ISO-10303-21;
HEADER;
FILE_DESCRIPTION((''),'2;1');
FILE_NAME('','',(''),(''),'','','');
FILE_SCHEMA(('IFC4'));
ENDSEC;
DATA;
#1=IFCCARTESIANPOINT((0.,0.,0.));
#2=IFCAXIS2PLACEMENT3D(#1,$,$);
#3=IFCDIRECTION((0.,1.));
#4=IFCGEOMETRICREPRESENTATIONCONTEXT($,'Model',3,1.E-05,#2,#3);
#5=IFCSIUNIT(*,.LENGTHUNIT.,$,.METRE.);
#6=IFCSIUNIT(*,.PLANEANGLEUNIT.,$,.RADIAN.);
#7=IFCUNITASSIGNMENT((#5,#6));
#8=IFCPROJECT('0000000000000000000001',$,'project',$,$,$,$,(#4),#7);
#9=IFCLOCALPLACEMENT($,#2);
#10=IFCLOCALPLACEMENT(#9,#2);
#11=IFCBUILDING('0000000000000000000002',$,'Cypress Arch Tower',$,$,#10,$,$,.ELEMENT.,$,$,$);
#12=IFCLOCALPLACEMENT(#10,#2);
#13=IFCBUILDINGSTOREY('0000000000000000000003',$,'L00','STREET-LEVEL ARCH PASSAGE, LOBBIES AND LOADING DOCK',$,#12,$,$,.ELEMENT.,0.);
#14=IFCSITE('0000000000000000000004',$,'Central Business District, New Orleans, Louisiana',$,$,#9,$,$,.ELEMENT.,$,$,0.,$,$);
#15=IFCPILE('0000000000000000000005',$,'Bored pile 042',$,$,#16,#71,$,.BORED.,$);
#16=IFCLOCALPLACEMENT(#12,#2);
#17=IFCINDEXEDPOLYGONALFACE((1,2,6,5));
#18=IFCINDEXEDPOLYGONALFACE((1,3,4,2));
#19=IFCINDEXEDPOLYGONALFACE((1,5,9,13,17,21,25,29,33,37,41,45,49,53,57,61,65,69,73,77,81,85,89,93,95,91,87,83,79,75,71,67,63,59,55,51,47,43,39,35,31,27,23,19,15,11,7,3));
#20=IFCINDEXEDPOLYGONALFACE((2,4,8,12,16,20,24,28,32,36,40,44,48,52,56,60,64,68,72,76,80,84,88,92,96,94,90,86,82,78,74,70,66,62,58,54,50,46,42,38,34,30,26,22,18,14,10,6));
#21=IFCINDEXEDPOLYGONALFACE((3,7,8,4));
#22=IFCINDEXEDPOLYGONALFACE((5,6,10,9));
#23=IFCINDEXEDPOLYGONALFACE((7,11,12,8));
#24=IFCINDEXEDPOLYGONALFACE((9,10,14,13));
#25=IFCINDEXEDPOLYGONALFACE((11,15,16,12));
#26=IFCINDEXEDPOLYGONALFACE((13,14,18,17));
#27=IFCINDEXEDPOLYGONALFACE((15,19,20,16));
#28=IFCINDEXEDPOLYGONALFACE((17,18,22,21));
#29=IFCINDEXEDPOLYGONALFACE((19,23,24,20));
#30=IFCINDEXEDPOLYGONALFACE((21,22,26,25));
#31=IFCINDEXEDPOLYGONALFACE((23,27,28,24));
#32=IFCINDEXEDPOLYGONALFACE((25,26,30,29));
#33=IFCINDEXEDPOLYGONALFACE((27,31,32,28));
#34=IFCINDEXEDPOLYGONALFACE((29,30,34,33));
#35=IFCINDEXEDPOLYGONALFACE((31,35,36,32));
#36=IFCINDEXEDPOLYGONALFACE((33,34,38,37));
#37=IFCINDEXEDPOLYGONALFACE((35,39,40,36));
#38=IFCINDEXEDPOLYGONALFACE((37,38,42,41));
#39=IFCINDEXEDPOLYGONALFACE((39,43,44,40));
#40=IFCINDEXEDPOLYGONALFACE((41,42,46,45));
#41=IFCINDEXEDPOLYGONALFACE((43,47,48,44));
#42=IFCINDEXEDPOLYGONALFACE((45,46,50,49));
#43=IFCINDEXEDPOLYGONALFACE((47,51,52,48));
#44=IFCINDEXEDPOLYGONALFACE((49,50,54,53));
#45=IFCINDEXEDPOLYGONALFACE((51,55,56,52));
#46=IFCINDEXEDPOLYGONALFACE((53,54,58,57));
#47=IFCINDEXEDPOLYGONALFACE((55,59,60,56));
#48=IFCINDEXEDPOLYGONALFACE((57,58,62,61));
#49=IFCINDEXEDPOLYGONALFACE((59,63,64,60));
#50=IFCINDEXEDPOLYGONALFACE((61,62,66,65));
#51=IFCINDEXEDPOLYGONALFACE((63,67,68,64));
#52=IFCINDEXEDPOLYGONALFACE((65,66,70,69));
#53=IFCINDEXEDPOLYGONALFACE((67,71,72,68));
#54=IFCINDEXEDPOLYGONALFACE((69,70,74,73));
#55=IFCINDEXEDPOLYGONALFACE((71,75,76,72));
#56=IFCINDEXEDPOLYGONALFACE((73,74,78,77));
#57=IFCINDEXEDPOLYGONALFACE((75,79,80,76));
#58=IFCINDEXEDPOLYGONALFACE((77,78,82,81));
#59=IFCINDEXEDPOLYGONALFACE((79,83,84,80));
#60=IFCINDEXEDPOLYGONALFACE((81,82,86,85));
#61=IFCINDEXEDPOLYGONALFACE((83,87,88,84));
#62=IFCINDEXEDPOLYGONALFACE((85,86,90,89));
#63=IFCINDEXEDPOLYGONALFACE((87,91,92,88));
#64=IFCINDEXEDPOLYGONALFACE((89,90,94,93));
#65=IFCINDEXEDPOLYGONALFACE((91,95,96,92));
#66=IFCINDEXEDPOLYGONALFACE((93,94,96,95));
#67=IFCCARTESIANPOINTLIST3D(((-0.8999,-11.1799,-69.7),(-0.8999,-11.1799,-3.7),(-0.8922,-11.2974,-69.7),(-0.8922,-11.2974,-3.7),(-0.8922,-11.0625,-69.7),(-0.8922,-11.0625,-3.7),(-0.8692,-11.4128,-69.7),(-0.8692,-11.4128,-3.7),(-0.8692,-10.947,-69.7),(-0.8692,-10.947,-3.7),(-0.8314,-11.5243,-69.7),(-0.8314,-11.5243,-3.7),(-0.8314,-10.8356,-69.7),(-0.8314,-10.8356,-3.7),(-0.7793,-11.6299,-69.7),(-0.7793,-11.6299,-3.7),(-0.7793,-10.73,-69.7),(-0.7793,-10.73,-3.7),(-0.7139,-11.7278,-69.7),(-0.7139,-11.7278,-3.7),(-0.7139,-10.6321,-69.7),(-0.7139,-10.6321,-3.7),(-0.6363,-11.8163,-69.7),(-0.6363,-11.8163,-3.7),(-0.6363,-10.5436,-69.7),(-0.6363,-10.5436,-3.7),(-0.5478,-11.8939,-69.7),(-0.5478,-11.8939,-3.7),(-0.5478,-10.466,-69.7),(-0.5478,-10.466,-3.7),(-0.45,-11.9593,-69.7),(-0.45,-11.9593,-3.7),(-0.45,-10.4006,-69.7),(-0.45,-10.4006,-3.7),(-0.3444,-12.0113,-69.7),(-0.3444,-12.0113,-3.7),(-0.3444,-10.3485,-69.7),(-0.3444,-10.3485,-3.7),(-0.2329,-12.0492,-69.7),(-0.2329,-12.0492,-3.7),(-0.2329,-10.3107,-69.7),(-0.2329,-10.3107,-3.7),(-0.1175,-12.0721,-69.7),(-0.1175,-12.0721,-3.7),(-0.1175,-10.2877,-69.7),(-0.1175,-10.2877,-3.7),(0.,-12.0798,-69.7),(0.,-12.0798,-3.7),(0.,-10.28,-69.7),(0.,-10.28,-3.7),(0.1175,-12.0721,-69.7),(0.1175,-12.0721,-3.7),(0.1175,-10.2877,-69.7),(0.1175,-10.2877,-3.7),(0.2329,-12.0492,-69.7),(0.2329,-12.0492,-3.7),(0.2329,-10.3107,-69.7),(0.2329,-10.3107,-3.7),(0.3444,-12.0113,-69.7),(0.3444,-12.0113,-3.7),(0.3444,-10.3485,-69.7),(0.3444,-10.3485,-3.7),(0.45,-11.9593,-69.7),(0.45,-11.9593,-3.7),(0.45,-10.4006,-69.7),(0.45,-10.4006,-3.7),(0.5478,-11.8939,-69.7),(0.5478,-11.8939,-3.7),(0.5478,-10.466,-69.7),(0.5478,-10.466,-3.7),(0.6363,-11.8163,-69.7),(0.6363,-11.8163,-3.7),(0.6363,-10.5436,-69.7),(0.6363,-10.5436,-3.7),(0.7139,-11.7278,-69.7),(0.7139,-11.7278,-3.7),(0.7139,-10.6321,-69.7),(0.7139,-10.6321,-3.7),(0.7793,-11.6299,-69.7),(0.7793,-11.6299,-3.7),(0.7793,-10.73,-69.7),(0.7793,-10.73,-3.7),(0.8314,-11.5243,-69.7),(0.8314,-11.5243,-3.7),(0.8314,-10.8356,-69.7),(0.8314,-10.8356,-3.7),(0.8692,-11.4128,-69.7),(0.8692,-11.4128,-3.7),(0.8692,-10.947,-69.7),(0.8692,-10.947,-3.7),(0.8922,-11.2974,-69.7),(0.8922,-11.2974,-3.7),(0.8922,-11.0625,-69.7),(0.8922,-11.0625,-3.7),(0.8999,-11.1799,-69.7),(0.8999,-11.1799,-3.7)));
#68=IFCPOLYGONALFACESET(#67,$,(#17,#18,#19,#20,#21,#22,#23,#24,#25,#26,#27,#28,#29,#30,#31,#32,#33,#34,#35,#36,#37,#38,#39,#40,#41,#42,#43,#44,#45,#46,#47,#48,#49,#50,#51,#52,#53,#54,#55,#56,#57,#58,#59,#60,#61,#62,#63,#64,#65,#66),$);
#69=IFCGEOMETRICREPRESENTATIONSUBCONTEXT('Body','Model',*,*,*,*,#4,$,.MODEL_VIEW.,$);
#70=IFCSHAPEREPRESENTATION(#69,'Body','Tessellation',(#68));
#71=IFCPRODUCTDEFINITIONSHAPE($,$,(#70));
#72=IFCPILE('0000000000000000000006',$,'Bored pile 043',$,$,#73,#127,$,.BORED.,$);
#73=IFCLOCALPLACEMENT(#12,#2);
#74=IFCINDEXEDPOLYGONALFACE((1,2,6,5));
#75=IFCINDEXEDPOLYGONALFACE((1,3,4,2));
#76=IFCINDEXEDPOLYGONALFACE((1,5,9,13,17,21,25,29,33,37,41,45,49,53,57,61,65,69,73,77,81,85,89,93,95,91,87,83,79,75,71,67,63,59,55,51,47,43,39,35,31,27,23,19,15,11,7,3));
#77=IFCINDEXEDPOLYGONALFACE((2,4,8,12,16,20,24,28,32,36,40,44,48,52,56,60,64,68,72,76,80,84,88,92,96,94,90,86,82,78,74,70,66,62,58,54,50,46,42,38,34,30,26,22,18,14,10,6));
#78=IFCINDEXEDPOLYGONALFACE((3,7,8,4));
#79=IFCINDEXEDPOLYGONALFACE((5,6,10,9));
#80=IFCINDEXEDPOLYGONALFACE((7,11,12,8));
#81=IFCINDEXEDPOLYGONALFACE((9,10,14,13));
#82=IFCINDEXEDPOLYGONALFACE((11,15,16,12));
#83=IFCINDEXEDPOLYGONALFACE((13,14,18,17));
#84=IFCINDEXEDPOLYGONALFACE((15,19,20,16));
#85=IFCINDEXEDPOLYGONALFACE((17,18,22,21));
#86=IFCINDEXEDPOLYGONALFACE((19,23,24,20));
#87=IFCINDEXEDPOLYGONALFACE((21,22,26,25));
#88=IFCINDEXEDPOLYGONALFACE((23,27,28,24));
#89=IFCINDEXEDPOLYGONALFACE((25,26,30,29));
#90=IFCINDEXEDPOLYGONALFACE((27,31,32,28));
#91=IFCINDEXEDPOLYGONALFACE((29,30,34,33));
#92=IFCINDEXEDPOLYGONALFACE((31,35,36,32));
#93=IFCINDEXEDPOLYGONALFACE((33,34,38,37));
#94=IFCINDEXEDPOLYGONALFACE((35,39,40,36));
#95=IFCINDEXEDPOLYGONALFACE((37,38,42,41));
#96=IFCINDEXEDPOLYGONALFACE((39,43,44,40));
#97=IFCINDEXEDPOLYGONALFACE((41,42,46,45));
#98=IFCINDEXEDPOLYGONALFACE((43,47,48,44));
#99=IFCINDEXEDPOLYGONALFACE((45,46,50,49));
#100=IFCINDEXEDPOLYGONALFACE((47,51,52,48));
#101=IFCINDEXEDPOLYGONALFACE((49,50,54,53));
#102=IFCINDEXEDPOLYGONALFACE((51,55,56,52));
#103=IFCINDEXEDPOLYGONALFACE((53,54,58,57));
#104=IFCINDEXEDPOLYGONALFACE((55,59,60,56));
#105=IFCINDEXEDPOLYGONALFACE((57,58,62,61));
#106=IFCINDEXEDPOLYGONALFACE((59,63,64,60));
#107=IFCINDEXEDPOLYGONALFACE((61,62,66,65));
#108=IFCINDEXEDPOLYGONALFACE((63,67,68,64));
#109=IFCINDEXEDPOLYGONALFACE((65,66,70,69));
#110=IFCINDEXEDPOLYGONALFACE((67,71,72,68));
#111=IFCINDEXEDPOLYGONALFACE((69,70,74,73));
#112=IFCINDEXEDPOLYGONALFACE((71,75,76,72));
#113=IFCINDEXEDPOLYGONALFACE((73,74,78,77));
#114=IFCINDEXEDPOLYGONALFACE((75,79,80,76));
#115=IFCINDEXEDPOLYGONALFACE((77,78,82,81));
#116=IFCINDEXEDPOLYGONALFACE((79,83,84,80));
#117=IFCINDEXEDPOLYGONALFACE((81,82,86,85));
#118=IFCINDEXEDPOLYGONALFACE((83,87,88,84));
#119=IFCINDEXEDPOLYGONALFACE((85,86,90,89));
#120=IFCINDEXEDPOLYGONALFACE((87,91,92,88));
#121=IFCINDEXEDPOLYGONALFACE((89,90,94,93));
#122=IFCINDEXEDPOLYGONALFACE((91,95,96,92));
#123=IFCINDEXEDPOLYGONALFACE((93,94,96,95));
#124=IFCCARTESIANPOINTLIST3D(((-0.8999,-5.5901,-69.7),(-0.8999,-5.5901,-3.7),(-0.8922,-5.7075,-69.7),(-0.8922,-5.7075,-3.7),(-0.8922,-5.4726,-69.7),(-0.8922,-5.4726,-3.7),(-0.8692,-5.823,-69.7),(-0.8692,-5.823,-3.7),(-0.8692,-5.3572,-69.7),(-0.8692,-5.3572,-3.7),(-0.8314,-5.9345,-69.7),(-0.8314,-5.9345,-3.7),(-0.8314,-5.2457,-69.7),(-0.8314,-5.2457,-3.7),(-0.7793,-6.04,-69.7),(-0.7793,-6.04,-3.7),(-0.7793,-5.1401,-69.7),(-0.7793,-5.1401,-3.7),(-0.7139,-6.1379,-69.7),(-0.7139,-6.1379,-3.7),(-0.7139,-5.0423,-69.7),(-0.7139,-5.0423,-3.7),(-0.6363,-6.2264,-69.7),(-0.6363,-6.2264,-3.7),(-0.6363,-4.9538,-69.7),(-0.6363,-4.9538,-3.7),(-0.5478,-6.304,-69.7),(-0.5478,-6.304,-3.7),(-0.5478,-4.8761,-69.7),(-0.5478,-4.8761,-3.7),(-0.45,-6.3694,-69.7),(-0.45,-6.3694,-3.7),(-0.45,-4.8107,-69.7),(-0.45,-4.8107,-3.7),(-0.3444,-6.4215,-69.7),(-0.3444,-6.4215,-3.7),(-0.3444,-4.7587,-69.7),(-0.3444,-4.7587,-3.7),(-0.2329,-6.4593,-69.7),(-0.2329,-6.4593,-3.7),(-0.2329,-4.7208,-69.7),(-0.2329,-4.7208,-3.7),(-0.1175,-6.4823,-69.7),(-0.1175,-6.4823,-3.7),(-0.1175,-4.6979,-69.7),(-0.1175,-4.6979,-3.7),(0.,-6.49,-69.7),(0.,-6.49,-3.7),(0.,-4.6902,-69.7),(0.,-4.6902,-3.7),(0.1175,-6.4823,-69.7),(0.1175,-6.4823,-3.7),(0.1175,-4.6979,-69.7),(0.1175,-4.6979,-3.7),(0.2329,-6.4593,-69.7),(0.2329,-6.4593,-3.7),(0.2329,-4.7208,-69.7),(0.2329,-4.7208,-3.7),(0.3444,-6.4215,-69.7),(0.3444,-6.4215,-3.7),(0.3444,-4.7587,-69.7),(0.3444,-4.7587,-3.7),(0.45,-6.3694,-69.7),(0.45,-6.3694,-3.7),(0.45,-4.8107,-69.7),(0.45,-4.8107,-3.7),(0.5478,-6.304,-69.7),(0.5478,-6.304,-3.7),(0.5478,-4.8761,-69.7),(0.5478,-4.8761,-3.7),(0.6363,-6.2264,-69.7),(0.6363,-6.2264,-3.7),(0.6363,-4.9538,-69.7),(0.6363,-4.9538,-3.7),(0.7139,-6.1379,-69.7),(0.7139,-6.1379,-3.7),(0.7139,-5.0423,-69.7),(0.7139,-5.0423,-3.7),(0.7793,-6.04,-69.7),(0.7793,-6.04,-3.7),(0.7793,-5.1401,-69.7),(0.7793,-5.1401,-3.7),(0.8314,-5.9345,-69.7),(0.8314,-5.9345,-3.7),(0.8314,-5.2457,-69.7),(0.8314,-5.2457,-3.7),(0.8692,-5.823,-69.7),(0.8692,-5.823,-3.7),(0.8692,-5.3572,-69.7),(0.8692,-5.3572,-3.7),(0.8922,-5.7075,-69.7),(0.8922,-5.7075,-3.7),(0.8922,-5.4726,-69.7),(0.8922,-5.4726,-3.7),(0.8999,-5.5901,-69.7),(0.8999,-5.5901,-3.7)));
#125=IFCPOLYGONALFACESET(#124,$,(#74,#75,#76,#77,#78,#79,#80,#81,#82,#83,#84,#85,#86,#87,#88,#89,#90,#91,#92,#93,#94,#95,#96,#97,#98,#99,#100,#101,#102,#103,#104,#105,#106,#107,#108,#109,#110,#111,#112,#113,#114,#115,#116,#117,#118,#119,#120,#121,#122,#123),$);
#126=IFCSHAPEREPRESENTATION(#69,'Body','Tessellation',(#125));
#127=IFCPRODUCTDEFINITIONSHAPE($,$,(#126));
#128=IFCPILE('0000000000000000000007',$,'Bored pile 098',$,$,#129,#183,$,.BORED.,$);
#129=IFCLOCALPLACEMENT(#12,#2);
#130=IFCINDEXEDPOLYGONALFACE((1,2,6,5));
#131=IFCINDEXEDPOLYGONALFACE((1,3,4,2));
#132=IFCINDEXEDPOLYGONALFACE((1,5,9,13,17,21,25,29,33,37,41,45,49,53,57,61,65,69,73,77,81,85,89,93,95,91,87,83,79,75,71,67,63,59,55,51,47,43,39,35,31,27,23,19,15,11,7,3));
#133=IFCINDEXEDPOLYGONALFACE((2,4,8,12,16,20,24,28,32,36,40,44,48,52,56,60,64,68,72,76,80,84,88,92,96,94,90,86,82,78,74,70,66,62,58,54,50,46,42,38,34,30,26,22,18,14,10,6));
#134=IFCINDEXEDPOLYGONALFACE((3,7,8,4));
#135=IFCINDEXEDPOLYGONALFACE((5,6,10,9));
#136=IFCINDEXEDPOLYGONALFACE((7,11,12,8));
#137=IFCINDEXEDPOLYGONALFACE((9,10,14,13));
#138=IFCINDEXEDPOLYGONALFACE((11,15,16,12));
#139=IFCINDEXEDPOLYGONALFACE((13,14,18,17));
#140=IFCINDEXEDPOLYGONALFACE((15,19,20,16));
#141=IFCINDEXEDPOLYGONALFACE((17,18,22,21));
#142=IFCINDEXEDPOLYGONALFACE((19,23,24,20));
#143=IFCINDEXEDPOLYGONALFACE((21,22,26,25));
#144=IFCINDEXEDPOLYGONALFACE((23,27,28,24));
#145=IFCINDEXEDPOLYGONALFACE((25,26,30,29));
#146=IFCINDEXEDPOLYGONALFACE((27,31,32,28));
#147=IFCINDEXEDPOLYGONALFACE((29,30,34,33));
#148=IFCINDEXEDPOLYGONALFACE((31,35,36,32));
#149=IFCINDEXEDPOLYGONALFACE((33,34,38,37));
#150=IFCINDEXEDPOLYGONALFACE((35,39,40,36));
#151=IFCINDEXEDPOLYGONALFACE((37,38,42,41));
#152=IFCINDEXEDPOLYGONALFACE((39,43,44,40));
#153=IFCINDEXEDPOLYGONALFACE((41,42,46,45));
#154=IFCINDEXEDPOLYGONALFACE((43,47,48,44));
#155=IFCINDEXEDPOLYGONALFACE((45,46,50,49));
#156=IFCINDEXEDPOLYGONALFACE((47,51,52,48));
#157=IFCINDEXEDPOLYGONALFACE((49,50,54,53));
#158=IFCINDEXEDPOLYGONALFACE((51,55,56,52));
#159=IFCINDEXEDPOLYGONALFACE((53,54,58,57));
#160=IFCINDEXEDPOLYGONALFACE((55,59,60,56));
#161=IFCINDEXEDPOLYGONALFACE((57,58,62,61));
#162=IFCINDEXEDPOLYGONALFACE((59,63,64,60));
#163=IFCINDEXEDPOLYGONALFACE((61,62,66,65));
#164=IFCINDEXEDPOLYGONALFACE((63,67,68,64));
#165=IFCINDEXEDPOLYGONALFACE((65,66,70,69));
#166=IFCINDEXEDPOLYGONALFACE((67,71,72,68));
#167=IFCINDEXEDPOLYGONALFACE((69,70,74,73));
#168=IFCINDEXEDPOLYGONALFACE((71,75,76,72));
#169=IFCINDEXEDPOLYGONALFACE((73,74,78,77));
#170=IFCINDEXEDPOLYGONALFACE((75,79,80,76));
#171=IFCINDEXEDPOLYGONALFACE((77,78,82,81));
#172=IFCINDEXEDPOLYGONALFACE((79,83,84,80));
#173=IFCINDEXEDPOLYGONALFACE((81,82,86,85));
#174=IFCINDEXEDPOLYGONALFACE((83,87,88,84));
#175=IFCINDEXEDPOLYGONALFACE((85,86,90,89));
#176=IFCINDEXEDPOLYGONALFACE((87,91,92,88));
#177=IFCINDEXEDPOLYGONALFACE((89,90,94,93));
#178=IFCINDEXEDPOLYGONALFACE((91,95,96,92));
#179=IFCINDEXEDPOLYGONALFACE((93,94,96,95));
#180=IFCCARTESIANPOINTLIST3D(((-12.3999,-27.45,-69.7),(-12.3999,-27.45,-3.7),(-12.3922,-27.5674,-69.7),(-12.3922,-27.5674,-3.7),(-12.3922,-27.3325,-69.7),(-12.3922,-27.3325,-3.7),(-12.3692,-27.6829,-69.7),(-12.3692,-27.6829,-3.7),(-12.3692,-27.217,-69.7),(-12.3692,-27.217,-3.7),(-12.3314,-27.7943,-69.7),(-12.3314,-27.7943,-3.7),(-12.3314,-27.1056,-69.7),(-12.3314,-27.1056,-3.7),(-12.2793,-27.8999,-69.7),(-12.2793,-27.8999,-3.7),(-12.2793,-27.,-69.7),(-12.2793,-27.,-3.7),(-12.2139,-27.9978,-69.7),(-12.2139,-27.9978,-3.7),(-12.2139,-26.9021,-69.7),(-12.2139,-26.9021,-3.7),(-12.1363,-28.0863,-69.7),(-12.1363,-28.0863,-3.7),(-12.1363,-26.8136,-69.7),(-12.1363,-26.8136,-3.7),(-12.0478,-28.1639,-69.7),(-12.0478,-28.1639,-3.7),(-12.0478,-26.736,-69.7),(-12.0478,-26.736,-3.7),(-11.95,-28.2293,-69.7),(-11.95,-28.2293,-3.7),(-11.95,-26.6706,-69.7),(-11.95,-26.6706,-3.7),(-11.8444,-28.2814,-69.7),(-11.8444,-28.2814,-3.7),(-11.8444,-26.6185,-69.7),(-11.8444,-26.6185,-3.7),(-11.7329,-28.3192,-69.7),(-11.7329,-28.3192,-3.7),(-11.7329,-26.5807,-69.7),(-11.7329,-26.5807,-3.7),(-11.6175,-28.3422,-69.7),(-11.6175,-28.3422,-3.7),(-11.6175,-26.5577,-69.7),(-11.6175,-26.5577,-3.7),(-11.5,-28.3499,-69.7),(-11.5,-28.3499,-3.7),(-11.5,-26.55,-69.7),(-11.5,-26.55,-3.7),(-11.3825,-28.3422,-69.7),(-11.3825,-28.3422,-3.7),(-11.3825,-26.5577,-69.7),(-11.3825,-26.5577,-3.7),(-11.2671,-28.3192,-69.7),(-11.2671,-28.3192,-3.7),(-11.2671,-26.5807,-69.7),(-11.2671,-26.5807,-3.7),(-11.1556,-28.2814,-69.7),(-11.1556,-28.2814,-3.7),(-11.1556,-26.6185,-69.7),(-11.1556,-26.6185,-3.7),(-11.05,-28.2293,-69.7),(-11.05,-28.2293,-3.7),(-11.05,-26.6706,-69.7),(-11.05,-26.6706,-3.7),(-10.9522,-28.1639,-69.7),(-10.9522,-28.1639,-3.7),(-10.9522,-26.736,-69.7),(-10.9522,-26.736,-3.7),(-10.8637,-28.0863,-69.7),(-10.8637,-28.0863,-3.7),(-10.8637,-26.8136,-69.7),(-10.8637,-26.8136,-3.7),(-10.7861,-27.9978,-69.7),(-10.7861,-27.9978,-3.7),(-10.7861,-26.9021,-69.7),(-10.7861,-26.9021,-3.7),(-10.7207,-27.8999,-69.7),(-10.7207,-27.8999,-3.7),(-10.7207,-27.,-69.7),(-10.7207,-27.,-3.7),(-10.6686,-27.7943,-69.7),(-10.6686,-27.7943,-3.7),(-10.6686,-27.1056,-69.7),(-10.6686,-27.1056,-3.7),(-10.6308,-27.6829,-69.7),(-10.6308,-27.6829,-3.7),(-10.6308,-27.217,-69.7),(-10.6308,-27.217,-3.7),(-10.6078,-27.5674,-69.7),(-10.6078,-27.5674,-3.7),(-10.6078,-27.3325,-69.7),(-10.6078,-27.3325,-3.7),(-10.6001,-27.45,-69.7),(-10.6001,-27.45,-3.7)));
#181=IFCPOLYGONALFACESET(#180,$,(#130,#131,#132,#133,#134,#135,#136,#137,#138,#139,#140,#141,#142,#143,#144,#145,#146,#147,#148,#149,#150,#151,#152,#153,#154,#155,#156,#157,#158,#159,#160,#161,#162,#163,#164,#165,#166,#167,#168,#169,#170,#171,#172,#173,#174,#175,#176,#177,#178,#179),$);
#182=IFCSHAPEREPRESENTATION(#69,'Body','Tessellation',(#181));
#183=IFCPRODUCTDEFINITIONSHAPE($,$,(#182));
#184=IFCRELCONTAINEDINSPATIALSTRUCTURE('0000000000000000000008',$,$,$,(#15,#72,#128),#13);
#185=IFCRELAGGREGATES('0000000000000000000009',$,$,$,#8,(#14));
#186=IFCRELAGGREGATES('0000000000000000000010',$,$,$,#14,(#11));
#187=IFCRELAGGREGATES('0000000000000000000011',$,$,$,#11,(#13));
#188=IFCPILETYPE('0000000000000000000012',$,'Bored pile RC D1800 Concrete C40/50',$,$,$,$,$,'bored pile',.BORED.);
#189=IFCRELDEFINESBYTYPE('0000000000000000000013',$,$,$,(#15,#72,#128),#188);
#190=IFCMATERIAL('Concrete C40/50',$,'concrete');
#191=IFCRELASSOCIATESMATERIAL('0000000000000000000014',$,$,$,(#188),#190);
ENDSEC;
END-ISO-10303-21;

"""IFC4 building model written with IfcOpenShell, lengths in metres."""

from ifc_helpers import new_model, si_unit, direction, frame, origin, origin_2d, place, context, subcontext, project, spatial, circle, extrude, material, material_profile, profile_set, type_object, element, save


model = new_model("IFC4")

# Units and contexts
model_context = context("Model", 3, precision=1e-05, world=origin(), true_north=direction((0.0, 1.0)))
body_context = subcontext(model_context, "Body", "Model", "MODEL_VIEW")
ifc_project = project(units=[si_unit("LENGTHUNIT", "METRE"), si_unit("PLANEANGLEUNIT", "RADIAN")], contexts=[model_context])

# Site, building, storey
site_placement = place(None, origin())
site = spatial("IfcSite", under=ifc_project, at=site_placement, Name="Central Business District, New Orleans, Louisiana", CompositionType="ELEMENT", RefElevation=0.0)
building_placement = place(site_placement, origin())
building = spatial("IfcBuilding", under=site, at=building_placement, Name="Cypress Arch Tower", CompositionType="ELEMENT")
storey_placement = place(building_placement, origin())
storey = spatial("IfcBuildingStorey", under=building, at=storey_placement, Name="L00", Description="STREET-LEVEL ARCH PASSAGE, LOBBIES AND LOADING DOCK", CompositionType="ELEMENT", Elevation=0.0)

# Piles
ifc_material_1 = material(Name="Concrete C40/50", Category="concrete")
ifc_material_profile = material_profile(ifc_material_1, circle(Radius=0.8999, at=origin_2d()), Name="RC D1800")
ifc_profile_set = profile_set([ifc_material_profile], Name="Concrete C40/50")
pile_type = type_object("IfcPileType", Name="Bored pile RC D1800 Concrete C40/50", ElementType="bored pile", PredefinedType="BORED", material=ifc_profile_set)
for number, where, z_axis, x_axis, name in (
    (1, (0.0, -11.1799, -3.7), (0.0, 0.0, -1.0), (1.0, 0.0, 0.0), "Bored pile 042"),
    (2, (0.0, -5.5901, -3.7), (0.0, 0.0, -1.0), (1.0, 0.0, 0.0), "Bored pile 043"),
    (3, (-11.5, -27.45, -3.7), (0.0, 0.0, -1.0), (1.0, 0.0, 0.0), "Bored pile 098"),
):
    element("IfcPile", number, at=place(storey_placement, frame(where, z_axis=z_axis, x_axis=x_axis)), inside=storey, type_object=pile_type, Name=name, PredefinedType="BORED", context=body_context, shape_type="SweptSolid", body=[
        extrude(circle(Radius=0.8999, at=origin_2d()), origin(), (0.0, 0.0, 1.0), 66.0),
    ])

save(model, "model.ifc")
